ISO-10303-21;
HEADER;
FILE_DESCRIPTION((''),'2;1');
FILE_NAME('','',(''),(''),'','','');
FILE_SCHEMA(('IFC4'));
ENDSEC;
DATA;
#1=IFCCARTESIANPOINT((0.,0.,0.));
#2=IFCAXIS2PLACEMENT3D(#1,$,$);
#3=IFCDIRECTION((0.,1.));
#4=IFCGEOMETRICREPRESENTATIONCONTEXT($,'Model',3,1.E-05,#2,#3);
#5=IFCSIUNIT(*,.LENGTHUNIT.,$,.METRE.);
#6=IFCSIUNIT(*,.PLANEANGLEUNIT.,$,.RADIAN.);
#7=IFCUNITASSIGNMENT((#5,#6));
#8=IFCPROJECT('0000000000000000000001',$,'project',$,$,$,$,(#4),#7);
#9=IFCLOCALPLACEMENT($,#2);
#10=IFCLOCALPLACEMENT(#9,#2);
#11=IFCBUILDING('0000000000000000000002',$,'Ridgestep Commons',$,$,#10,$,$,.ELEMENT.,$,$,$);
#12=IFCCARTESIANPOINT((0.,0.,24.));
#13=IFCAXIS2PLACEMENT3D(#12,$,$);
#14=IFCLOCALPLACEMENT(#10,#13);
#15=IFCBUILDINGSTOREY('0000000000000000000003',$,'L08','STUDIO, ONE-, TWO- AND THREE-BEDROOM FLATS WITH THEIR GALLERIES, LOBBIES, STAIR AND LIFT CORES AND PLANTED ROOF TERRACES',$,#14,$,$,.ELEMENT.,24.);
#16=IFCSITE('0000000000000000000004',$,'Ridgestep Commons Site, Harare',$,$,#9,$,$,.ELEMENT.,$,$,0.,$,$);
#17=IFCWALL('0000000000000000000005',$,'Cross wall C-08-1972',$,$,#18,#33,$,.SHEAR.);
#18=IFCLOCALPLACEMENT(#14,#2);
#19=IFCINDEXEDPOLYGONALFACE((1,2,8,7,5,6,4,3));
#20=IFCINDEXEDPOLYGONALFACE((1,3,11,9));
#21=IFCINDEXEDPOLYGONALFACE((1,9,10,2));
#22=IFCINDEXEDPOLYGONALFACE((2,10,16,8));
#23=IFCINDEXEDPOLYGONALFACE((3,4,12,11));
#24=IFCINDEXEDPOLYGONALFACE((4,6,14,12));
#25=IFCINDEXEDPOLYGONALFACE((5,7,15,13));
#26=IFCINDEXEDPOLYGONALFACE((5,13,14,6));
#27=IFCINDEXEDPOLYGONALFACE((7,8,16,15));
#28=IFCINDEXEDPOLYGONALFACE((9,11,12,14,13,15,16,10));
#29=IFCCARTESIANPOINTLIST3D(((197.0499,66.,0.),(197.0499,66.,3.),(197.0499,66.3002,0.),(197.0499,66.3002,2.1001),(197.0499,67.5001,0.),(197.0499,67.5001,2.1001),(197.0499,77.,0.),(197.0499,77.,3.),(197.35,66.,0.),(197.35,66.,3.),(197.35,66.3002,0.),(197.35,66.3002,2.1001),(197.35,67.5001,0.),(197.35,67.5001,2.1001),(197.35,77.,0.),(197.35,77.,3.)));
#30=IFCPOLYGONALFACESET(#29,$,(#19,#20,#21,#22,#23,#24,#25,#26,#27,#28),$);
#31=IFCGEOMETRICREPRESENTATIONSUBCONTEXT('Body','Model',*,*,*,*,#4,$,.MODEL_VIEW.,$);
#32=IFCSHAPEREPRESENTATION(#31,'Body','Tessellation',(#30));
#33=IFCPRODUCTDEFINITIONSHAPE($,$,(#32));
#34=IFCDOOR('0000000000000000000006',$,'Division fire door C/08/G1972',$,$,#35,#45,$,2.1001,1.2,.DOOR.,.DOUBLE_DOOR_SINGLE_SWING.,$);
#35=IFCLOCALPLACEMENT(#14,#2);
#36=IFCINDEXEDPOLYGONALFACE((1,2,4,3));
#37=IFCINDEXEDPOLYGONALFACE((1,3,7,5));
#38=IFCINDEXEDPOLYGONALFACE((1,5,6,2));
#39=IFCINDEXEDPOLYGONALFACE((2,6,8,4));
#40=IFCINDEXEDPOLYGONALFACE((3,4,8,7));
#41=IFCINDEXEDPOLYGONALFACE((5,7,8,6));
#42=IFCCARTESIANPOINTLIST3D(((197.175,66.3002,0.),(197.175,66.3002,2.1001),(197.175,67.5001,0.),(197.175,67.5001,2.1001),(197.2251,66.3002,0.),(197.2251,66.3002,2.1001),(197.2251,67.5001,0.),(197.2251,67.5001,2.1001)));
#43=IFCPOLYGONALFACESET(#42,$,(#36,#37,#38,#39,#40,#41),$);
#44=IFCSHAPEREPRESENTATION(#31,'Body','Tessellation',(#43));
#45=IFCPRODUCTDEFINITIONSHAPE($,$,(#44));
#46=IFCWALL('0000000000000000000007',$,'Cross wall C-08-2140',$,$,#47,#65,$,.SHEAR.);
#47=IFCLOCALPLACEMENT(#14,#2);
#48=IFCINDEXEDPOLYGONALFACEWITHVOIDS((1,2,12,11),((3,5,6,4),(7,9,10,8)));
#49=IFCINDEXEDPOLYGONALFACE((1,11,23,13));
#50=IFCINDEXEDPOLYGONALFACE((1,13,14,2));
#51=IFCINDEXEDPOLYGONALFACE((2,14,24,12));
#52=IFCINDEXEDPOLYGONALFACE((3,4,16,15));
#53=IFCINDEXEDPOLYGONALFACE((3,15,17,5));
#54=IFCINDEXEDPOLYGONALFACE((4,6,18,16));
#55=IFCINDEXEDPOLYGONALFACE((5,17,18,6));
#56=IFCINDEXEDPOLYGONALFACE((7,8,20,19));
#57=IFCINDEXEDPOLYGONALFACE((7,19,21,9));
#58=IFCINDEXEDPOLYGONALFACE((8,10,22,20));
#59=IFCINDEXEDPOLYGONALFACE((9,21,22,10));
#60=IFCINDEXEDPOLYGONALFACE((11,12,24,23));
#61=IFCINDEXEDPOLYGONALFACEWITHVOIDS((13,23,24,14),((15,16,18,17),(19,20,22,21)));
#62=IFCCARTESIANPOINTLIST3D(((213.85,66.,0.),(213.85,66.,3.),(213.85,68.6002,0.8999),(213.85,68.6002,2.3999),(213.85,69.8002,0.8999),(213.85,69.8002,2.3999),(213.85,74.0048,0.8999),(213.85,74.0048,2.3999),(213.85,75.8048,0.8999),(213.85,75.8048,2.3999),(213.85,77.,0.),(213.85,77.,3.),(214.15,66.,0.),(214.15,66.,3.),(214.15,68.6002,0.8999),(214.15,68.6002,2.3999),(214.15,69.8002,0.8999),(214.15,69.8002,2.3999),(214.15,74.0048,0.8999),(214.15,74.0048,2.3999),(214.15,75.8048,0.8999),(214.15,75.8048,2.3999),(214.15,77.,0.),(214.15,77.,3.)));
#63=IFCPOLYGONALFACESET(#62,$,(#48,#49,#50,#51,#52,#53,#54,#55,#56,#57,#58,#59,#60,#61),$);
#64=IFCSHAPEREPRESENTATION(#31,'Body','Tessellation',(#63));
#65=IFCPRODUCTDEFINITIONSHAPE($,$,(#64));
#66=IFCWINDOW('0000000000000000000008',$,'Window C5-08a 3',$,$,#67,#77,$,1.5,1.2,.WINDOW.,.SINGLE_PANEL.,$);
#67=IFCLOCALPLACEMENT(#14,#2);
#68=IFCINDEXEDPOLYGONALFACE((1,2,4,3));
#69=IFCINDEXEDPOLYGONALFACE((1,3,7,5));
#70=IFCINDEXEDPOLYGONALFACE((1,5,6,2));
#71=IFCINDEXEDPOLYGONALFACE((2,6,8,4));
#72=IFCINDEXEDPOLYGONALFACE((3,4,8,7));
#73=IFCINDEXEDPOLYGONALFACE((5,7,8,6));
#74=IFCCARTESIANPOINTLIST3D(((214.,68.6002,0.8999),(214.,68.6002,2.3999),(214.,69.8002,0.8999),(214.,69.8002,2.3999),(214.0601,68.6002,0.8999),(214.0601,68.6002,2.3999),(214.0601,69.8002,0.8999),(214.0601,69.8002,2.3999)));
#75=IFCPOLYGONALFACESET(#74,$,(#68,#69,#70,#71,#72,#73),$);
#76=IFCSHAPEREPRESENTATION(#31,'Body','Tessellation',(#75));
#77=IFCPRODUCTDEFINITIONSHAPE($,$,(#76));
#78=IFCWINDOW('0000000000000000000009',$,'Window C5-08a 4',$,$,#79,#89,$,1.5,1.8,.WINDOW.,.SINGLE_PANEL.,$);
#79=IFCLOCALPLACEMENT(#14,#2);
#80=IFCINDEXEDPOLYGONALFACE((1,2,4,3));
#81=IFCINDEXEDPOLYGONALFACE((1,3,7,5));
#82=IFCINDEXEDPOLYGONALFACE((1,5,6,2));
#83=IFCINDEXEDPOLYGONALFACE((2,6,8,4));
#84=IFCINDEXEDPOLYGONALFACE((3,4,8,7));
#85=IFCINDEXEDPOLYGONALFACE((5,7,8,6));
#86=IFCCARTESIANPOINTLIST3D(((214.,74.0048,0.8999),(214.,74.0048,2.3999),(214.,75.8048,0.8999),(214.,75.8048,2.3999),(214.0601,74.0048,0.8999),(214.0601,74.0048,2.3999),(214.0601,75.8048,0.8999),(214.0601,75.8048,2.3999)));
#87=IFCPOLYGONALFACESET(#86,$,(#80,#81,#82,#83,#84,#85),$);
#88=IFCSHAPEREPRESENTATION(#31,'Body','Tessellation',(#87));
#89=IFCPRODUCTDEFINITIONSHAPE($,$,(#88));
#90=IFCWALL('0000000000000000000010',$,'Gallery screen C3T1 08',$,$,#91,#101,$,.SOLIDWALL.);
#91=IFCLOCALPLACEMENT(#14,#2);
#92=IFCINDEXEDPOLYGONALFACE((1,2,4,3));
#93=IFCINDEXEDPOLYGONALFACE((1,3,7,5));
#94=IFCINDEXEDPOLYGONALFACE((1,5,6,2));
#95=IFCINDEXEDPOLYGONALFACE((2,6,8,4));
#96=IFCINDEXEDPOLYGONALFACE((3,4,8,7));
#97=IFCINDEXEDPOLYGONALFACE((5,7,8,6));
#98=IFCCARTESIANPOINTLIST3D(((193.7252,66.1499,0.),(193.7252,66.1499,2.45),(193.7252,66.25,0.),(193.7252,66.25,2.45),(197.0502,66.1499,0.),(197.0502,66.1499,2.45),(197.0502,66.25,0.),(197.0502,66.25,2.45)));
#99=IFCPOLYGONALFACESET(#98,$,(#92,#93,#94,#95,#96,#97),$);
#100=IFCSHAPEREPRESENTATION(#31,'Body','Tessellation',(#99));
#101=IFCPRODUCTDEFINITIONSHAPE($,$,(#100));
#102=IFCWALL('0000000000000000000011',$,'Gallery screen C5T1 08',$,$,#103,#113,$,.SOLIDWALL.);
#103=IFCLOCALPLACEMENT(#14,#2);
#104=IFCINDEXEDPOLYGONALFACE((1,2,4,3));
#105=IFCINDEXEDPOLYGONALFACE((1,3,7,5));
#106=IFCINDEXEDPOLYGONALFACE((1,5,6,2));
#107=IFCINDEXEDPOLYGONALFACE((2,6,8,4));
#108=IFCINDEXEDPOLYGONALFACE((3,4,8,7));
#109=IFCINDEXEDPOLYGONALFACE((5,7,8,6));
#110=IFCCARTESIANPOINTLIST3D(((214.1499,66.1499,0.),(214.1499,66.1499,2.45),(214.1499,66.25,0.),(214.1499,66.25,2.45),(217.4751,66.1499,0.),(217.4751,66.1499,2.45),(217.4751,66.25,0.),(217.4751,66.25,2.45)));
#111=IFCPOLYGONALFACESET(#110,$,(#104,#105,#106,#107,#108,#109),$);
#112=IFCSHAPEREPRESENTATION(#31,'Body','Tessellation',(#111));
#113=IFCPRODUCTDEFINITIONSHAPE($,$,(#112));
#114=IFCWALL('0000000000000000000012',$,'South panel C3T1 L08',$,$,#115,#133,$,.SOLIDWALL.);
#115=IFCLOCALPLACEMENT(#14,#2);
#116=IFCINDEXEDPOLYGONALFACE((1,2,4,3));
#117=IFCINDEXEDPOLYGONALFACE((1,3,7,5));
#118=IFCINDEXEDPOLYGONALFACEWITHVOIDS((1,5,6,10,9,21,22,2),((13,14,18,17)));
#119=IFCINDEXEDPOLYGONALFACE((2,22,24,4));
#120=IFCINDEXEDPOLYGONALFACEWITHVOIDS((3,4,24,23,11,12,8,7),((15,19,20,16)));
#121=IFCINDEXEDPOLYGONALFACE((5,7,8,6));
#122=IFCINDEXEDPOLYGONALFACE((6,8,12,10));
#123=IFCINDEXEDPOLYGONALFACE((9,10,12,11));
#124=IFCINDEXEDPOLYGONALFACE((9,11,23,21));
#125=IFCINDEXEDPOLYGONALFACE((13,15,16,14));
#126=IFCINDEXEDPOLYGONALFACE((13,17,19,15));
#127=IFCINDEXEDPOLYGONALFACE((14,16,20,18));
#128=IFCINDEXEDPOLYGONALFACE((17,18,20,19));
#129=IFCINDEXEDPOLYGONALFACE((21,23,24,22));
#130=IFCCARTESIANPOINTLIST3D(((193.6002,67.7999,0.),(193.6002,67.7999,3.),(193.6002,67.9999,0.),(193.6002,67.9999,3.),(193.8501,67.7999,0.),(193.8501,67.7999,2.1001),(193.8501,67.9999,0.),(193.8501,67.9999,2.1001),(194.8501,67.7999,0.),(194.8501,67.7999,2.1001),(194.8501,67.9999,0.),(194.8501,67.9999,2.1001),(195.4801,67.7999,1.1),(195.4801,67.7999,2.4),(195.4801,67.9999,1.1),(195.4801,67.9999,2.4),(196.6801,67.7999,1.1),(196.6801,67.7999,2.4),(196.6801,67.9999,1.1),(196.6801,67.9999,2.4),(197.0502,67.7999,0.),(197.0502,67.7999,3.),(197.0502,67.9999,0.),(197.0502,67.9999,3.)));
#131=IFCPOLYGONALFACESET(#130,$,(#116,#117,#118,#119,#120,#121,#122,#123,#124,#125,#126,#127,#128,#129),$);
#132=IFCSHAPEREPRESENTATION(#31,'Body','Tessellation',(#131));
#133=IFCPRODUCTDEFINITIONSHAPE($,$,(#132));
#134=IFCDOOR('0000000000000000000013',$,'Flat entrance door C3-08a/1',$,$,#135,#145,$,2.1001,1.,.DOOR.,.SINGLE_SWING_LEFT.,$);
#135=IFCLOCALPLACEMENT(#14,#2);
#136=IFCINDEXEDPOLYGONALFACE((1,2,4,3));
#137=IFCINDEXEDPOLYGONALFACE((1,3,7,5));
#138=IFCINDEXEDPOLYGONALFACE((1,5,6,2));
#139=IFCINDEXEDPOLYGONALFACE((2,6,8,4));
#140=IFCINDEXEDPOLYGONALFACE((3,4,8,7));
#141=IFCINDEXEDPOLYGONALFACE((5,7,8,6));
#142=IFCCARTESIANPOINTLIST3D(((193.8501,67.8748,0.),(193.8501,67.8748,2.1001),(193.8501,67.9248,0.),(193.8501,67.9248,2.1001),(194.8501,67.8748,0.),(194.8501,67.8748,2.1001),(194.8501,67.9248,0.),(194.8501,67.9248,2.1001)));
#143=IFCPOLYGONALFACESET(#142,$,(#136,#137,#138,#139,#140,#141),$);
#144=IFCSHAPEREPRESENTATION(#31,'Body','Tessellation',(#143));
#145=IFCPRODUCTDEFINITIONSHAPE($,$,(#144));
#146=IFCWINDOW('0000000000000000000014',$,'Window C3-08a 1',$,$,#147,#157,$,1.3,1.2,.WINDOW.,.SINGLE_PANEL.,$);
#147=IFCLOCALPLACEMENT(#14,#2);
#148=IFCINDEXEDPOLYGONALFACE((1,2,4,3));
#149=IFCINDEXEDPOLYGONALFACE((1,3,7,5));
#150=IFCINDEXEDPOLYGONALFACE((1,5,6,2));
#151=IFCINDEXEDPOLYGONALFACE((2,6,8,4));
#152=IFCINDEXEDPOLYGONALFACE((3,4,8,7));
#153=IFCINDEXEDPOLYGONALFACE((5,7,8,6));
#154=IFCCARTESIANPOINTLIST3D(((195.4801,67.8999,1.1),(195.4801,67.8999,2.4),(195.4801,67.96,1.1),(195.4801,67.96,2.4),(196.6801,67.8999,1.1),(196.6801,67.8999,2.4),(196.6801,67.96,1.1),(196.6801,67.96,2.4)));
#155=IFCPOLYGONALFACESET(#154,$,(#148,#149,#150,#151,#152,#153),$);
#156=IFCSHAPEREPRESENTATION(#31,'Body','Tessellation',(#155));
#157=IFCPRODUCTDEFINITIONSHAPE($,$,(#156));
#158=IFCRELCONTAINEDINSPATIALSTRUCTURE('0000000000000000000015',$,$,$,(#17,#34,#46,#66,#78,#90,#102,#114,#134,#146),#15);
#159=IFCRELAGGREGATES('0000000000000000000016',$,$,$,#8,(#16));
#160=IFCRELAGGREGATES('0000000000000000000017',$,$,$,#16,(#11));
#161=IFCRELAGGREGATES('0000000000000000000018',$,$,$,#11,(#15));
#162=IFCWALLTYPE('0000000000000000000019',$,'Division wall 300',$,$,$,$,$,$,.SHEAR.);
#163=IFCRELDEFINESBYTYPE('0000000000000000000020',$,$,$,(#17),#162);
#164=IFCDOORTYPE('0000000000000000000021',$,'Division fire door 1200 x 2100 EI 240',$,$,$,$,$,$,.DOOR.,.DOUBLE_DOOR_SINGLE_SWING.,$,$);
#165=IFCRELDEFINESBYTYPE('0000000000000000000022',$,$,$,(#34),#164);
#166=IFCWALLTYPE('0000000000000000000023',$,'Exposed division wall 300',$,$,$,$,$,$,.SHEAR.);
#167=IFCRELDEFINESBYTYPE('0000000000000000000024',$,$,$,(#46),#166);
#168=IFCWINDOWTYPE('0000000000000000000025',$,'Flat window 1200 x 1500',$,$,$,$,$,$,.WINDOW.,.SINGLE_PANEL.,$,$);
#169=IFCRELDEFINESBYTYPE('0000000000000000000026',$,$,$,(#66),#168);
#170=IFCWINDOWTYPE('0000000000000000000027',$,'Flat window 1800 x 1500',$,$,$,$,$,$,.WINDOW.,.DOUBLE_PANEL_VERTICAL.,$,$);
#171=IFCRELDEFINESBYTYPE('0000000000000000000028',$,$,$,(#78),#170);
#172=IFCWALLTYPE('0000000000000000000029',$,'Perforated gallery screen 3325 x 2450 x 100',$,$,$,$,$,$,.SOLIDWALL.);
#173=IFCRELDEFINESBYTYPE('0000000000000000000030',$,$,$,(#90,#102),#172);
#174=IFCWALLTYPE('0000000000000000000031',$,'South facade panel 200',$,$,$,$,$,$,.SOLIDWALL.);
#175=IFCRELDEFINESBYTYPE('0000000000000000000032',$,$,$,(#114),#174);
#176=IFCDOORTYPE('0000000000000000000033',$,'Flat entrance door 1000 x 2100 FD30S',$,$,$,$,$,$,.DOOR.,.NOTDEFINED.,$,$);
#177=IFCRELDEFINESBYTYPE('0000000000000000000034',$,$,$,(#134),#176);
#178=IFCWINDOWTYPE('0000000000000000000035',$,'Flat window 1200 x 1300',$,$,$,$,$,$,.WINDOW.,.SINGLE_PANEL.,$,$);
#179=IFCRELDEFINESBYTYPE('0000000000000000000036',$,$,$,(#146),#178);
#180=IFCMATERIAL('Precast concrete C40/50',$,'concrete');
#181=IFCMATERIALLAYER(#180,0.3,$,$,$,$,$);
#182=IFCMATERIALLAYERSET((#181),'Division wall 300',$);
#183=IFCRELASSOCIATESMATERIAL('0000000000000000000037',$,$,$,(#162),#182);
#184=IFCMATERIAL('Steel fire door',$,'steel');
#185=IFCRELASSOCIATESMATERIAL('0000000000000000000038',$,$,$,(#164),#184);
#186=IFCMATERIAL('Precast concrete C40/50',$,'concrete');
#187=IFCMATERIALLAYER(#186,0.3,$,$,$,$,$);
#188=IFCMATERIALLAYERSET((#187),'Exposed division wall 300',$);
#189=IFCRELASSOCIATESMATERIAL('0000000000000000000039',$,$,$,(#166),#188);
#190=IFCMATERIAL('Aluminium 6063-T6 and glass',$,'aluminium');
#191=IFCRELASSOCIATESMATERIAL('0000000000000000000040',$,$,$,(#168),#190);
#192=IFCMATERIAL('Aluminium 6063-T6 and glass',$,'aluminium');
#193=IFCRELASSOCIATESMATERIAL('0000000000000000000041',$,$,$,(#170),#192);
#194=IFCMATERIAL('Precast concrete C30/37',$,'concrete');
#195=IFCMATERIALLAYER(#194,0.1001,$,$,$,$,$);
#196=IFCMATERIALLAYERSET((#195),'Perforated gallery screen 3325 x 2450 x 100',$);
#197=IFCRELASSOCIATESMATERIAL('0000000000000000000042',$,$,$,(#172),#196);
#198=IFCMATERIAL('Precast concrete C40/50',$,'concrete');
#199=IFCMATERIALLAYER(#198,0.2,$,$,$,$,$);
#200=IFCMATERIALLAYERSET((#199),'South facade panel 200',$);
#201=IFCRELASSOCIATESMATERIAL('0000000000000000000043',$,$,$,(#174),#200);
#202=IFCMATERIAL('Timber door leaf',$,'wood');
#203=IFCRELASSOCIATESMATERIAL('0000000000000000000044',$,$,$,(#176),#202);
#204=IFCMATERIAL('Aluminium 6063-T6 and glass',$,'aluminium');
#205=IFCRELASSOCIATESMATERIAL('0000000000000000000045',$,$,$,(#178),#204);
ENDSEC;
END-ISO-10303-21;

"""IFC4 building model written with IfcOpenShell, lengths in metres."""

from ifc_helpers import new_model, si_unit, direction, frame, frame_2d, origin, place, context, subcontext, project, spatial, rectangle, extrude, material, layer, layer_set, type_object, element, fill, save


model = new_model("IFC4")

# Units and contexts
model_context = context("Model", 3, precision=1e-05, world=origin(), true_north=direction((0.0, 1.0)))
body_context = subcontext(model_context, "Body", "Model", "MODEL_VIEW")
ifc_project = project(units=[si_unit("LENGTHUNIT", "METRE"), si_unit("PLANEANGLEUNIT", "RADIAN")], contexts=[model_context])

# Site, building, storey
site_placement = place(None, origin())
site = spatial("IfcSite", under=ifc_project, at=site_placement, Name="Ridgestep Commons Site, Harare", CompositionType="ELEMENT", RefElevation=0.0)
building_placement = place(site_placement, origin())
building = spatial("IfcBuilding", under=site, at=building_placement, Name="Ridgestep Commons", CompositionType="ELEMENT")
storey_placement = place(building_placement, frame((0.0, 0.0, 24.0)))
storey = spatial("IfcBuildingStorey", under=building, at=storey_placement, Name="L08", Description="STUDIO, ONE-, TWO- AND THREE-BEDROOM FLATS WITH THEIR GALLERIES, LOBBIES, STAIR AND LIFT CORES AND PLANTED ROOF TERRACES", CompositionType="ELEMENT", Elevation=24.0)

# Wall, opening, door
ifc_material_1 = material(Name="Precast concrete C40/50", Category="concrete")
ifc_layer_1 = layer(ifc_material_1, 0.3)
ifc_layer_set_1 = layer_set([ifc_layer_1], Name="Division wall 300")
wall_type_1 = type_object("IfcWallType", Name="Division wall 300", PredefinedType="SHEAR", material=ifc_layer_set_1)
wall_1_placement = place(storey_placement, frame((197.2, 66.0, 0.0), z_axis=(0.0, 0.0, 1.0), x_axis=(0.0, 1.0, 0.0)))
wall_1 = element("IfcWall", 1, at=wall_1_placement, inside=storey, type_object=wall_type_1, Name="Cross wall C-08-1972", PredefinedType="SHEAR", context=body_context, shape_type="SweptSolid", body=[
    extrude(rectangle(XDim=11.0, YDim=0.3, at=frame_2d((5.5, 0.0))), origin(), (0.0, 0.0, 1.0), 3.0),
])
opening_1_placement = place(wall_1_placement, frame((0.3, 0.0, 0.0)))
opening_1 = element("IfcOpeningElement", 2, at=opening_1_placement, cuts=wall_1, PredefinedType="OPENING", context=body_context, shape_type="SweptSolid", body=[
    extrude(rectangle(XDim=1.2, YDim=2.1001, at=frame_2d((0.6001, 1.05))), frame((0.0, 0.1599, 0.0), z_axis=(0.0, -1.0, 0.0), x_axis=(1.0, 0.0, 0.0)), (0.0, 0.0, 1.0), 0.3201),
])
ifc_material_2 = material(Name="Steel fire door", Category="steel")
door_type_1 = type_object("IfcDoorType", Name="Division fire door 1200 x 2100 EI 240", OperationType="DOUBLE_DOOR_SINGLE_SWING", PredefinedType="DOOR", material=ifc_material_2)
door_1_placement = place(opening_1_placement, origin())
door_1 = element("IfcDoor", 3, at=door_1_placement, inside=storey, type_object=door_type_1, Name="Division fire door C/08/G1972", OperationType="DOUBLE_DOOR_SINGLE_SWING", OverallHeight=2.1001, OverallWidth=1.2, PredefinedType="DOOR", context=body_context, shape_type="SweptSolid", body=[
    extrude(rectangle(XDim=1.2, YDim=2.1001, at=frame_2d((0.6001, 1.05))), frame((0.0, 0.0249, 0.0), z_axis=(0.0, -1.0, 0.0), x_axis=(1.0, 0.0, 0.0)), (0.0, 0.0, 1.0), 0.05),
])
fill(opening_1, door_1)

# Wall, openings, windows
ifc_material_3 = material(Name="Precast concrete C40/50", Category="concrete")
ifc_layer_2 = layer(ifc_material_3, 0.3)
ifc_layer_set_2 = layer_set([ifc_layer_2], Name="Exposed division wall 300")
wall_type_2 = type_object("IfcWallType", Name="Exposed division wall 300", PredefinedType="SHEAR", material=ifc_layer_set_2)
wall_2_placement = place(storey_placement, frame((214.0, 66.0, 0.0), z_axis=(0.0, 0.0, 1.0), x_axis=(0.0, 1.0, 0.0)))
wall_2 = element("IfcWall", 4, at=wall_2_placement, inside=storey, type_object=wall_type_2, Name="Cross wall C-08-2140", PredefinedType="SHEAR", context=body_context, shape_type="SweptSolid", body=[
    extrude(rectangle(XDim=11.0, YDim=0.3, at=frame_2d((5.5, 0.0))), origin(), (0.0, 0.0, 1.0), 3.0),
])
opening_2_placement = place(wall_2_placement, frame((2.6001, 0.0, 0.8999)))
opening_2 = element("IfcOpeningElement", 5, at=opening_2_placement, cuts=wall_2, PredefinedType="OPENING", context=body_context, shape_type="SweptSolid", body=[
    extrude(rectangle(XDim=1.2, YDim=1.5, at=frame_2d((0.6001, 0.75))), frame((0.0, 0.1599, 0.0), z_axis=(0.0, -1.0, 0.0), x_axis=(1.0, 0.0, 0.0)), (0.0, 0.0, 1.0), 0.3201),
])
opening_3_placement = place(wall_2_placement, frame((8.0049, 0.0, 0.8999)))
opening_3 = element("IfcOpeningElement", 6, at=opening_3_placement, cuts=wall_2, PredefinedType="OPENING", context=body_context, shape_type="SweptSolid", body=[
    extrude(rectangle(XDim=1.8, YDim=1.5, at=frame_2d((0.8999, 0.75))), frame((0.0, 0.1599, 0.0), z_axis=(0.0, -1.0, 0.0), x_axis=(1.0, 0.0, 0.0)), (0.0, 0.0, 1.0), 0.3201),
])
ifc_material_4 = material(Name="Aluminium 6063-T6 and glass", Category="aluminium")
window_type_1 = type_object("IfcWindowType", Name="Flat window 1200 x 1500", PartitioningType="SINGLE_PANEL", PredefinedType="WINDOW", material=ifc_material_4)
window_1_placement = place(opening_2_placement, origin())
window_1 = element("IfcWindow", 7, at=window_1_placement, inside=storey, type_object=window_type_1, Name="Window C5-08a 3", OverallHeight=1.5, OverallWidth=1.2, PartitioningType="SINGLE_PANEL", PredefinedType="WINDOW", context=body_context, shape_type="SweptSolid", body=[
    extrude(rectangle(XDim=1.2, YDim=1.5, at=frame_2d((0.6001, 0.75))), frame((0.0, 0.0, 0.0), z_axis=(0.0, -1.0, 0.0), x_axis=(1.0, 0.0, 0.0)), (0.0, 0.0, 1.0), 0.0601),
])
fill(opening_2, window_1)
ifc_material_5 = material(Name="Aluminium 6063-T6 and glass", Category="aluminium")
window_type_2 = type_object("IfcWindowType", Name="Flat window 1800 x 1500", PartitioningType="DOUBLE_PANEL_VERTICAL", PredefinedType="WINDOW", material=ifc_material_5)
window_2_placement = place(opening_3_placement, origin())
window_2 = element("IfcWindow", 8, at=window_2_placement, inside=storey, type_object=window_type_2, Name="Window C5-08a 4", OverallHeight=1.5, OverallWidth=1.8, PartitioningType="SINGLE_PANEL", PredefinedType="WINDOW", context=body_context, shape_type="SweptSolid", body=[
    extrude(rectangle(XDim=1.8, YDim=1.5, at=frame_2d((0.8999, 0.75))), frame((0.0, 0.0, 0.0), z_axis=(0.0, -1.0, 0.0), x_axis=(1.0, 0.0, 0.0)), (0.0, 0.0, 1.0), 0.0601),
])
fill(opening_3, window_2)

# Walls
ifc_material_6 = material(Name="Precast concrete C30/37", Category="concrete")
ifc_layer_3 = layer(ifc_material_6, 0.1001)
ifc_layer_set_3 = layer_set([ifc_layer_3], Name="Perforated gallery screen 3325 x 2450 x 100")
wall_type_3 = type_object("IfcWallType", Name="Perforated gallery screen 3325 x 2450 x 100", PredefinedType="SOLIDWALL", material=ifc_layer_set_3)
wall_3_placement = place(storey_placement, frame((193.7251, 66.2, 0.0), z_axis=(0.0, 0.0, 1.0), x_axis=(1.0, 0.0, 0.0)))
element("IfcWall", 9, at=wall_3_placement, inside=storey, type_object=wall_type_3, Name="Gallery screen C3T1 08", PredefinedType="SOLIDWALL", context=body_context, shape_type="SweptSolid", body=[
    extrude(rectangle(XDim=3.325, YDim=0.1001, at=frame_2d((1.6626, 0.0))), origin(), (0.0, 0.0, 1.0), 2.45),
])
wall_4_placement = place(storey_placement, frame((214.1499, 66.2, 0.0), z_axis=(0.0, 0.0, 1.0), x_axis=(1.0, 0.0, 0.0)))
element("IfcWall", 10, at=wall_4_placement, inside=storey, type_object=wall_type_3, Name="Gallery screen C5T1 08", PredefinedType="SOLIDWALL", context=body_context, shape_type="SweptSolid", body=[
    extrude(rectangle(XDim=3.3252, YDim=0.1001, at=frame_2d((1.6626, 0.0))), origin(), (0.0, 0.0, 1.0), 2.45),
])

# Wall, openings, door, window
ifc_material_7 = material(Name="Precast concrete C40/50", Category="concrete")
ifc_layer_4 = layer(ifc_material_7, 0.2)
ifc_layer_set_4 = layer_set([ifc_layer_4], Name="South facade panel 200")
wall_type_4 = type_object("IfcWallType", Name="South facade panel 200", PredefinedType="SOLIDWALL", material=ifc_layer_set_4)
wall_5_placement = place(storey_placement, frame((193.6001, 67.8999, 0.0), z_axis=(0.0, 0.0, 1.0), x_axis=(1.0, 0.0, 0.0)))
wall_5 = element("IfcWall", 11, at=wall_5_placement, inside=storey, type_object=wall_type_4, Name="South panel C3T1 L08", PredefinedType="SOLIDWALL", context=body_context, shape_type="SweptSolid", body=[
    extrude(rectangle(XDim=3.45, YDim=0.2, at=frame_2d((1.7251, 0.0))), origin(), (0.0, 0.0, 1.0), 3.0),
])
opening_4_placement = place(wall_5_placement, frame((1.8799, 0.0, 1.1001)))
opening_4 = element("IfcOpeningElement", 12, at=opening_4_placement, cuts=wall_5, PredefinedType="OPENING", context=body_context, shape_type="SweptSolid", body=[
    extrude(rectangle(XDim=1.2, YDim=1.3, at=frame_2d((0.6001, 0.6499))), frame((0.0, 0.1099, 0.0), z_axis=(0.0, -1.0, 0.0), x_axis=(1.0, 0.0, 0.0)), (0.0, 0.0, 1.0), 0.22),
])
opening_5_placement = place(wall_5_placement, frame((0.25, 0.0, 0.0)))
opening_5 = element("IfcOpeningElement", 13, at=opening_5_placement, cuts=wall_5, PredefinedType="OPENING", context=body_context, shape_type="SweptSolid", body=[
    extrude(rectangle(XDim=1.0, YDim=2.1001, at=frame_2d((0.5, 1.05))), frame((0.0, 0.1099, 0.0), z_axis=(0.0, -1.0, 0.0), x_axis=(1.0, 0.0, 0.0)), (0.0, 0.0, 1.0), 0.22),
])
ifc_material_8 = material(Name="Timber door leaf", Category="wood")
door_type_2 = type_object("IfcDoorType", Name="Flat entrance door 1000 x 2100 FD30S", OperationType="NOTDEFINED", PredefinedType="DOOR", material=ifc_material_8)
door_2_placement = place(opening_5_placement, origin())
door_2 = element("IfcDoor", 14, at=door_2_placement, inside=storey, type_object=door_type_2, Name="Flat entrance door C3-08a/1", OperationType="SINGLE_SWING_LEFT", OverallHeight=2.1001, OverallWidth=1.0, PredefinedType="DOOR", context=body_context, shape_type="SweptSolid", body=[
    extrude(rectangle(XDim=1.0, YDim=2.1001, at=frame_2d((0.5, 1.05))), frame((0.0, 0.0249, 0.0), z_axis=(0.0, -1.0, 0.0), x_axis=(1.0, 0.0, 0.0)), (0.0, 0.0, 1.0), 0.05),
])
fill(opening_5, door_2)
ifc_material_9 = material(Name="Aluminium 6063-T6 and glass", Category="aluminium")
window_type_3 = type_object("IfcWindowType", Name="Flat window 1200 x 1300", PartitioningType="SINGLE_PANEL", PredefinedType="WINDOW", material=ifc_material_9)
window_3_placement = place(opening_4_placement, origin())
window_3 = element("IfcWindow", 15, at=window_3_placement, inside=storey, type_object=window_type_3, Name="Window C3-08a 1", OverallHeight=1.3, OverallWidth=1.2, PartitioningType="SINGLE_PANEL", PredefinedType="WINDOW", context=body_context, shape_type="SweptSolid", body=[
    extrude(rectangle(XDim=1.2, YDim=1.3, at=frame_2d((0.6001, 0.6499))), frame((0.0, 0.0601, 0.0), z_axis=(0.0, -1.0, 0.0), x_axis=(1.0, 0.0, 0.0)), (0.0, 0.0, 1.0), 0.0601),
])
fill(opening_4, window_3)

save(model, "model.ifc")
